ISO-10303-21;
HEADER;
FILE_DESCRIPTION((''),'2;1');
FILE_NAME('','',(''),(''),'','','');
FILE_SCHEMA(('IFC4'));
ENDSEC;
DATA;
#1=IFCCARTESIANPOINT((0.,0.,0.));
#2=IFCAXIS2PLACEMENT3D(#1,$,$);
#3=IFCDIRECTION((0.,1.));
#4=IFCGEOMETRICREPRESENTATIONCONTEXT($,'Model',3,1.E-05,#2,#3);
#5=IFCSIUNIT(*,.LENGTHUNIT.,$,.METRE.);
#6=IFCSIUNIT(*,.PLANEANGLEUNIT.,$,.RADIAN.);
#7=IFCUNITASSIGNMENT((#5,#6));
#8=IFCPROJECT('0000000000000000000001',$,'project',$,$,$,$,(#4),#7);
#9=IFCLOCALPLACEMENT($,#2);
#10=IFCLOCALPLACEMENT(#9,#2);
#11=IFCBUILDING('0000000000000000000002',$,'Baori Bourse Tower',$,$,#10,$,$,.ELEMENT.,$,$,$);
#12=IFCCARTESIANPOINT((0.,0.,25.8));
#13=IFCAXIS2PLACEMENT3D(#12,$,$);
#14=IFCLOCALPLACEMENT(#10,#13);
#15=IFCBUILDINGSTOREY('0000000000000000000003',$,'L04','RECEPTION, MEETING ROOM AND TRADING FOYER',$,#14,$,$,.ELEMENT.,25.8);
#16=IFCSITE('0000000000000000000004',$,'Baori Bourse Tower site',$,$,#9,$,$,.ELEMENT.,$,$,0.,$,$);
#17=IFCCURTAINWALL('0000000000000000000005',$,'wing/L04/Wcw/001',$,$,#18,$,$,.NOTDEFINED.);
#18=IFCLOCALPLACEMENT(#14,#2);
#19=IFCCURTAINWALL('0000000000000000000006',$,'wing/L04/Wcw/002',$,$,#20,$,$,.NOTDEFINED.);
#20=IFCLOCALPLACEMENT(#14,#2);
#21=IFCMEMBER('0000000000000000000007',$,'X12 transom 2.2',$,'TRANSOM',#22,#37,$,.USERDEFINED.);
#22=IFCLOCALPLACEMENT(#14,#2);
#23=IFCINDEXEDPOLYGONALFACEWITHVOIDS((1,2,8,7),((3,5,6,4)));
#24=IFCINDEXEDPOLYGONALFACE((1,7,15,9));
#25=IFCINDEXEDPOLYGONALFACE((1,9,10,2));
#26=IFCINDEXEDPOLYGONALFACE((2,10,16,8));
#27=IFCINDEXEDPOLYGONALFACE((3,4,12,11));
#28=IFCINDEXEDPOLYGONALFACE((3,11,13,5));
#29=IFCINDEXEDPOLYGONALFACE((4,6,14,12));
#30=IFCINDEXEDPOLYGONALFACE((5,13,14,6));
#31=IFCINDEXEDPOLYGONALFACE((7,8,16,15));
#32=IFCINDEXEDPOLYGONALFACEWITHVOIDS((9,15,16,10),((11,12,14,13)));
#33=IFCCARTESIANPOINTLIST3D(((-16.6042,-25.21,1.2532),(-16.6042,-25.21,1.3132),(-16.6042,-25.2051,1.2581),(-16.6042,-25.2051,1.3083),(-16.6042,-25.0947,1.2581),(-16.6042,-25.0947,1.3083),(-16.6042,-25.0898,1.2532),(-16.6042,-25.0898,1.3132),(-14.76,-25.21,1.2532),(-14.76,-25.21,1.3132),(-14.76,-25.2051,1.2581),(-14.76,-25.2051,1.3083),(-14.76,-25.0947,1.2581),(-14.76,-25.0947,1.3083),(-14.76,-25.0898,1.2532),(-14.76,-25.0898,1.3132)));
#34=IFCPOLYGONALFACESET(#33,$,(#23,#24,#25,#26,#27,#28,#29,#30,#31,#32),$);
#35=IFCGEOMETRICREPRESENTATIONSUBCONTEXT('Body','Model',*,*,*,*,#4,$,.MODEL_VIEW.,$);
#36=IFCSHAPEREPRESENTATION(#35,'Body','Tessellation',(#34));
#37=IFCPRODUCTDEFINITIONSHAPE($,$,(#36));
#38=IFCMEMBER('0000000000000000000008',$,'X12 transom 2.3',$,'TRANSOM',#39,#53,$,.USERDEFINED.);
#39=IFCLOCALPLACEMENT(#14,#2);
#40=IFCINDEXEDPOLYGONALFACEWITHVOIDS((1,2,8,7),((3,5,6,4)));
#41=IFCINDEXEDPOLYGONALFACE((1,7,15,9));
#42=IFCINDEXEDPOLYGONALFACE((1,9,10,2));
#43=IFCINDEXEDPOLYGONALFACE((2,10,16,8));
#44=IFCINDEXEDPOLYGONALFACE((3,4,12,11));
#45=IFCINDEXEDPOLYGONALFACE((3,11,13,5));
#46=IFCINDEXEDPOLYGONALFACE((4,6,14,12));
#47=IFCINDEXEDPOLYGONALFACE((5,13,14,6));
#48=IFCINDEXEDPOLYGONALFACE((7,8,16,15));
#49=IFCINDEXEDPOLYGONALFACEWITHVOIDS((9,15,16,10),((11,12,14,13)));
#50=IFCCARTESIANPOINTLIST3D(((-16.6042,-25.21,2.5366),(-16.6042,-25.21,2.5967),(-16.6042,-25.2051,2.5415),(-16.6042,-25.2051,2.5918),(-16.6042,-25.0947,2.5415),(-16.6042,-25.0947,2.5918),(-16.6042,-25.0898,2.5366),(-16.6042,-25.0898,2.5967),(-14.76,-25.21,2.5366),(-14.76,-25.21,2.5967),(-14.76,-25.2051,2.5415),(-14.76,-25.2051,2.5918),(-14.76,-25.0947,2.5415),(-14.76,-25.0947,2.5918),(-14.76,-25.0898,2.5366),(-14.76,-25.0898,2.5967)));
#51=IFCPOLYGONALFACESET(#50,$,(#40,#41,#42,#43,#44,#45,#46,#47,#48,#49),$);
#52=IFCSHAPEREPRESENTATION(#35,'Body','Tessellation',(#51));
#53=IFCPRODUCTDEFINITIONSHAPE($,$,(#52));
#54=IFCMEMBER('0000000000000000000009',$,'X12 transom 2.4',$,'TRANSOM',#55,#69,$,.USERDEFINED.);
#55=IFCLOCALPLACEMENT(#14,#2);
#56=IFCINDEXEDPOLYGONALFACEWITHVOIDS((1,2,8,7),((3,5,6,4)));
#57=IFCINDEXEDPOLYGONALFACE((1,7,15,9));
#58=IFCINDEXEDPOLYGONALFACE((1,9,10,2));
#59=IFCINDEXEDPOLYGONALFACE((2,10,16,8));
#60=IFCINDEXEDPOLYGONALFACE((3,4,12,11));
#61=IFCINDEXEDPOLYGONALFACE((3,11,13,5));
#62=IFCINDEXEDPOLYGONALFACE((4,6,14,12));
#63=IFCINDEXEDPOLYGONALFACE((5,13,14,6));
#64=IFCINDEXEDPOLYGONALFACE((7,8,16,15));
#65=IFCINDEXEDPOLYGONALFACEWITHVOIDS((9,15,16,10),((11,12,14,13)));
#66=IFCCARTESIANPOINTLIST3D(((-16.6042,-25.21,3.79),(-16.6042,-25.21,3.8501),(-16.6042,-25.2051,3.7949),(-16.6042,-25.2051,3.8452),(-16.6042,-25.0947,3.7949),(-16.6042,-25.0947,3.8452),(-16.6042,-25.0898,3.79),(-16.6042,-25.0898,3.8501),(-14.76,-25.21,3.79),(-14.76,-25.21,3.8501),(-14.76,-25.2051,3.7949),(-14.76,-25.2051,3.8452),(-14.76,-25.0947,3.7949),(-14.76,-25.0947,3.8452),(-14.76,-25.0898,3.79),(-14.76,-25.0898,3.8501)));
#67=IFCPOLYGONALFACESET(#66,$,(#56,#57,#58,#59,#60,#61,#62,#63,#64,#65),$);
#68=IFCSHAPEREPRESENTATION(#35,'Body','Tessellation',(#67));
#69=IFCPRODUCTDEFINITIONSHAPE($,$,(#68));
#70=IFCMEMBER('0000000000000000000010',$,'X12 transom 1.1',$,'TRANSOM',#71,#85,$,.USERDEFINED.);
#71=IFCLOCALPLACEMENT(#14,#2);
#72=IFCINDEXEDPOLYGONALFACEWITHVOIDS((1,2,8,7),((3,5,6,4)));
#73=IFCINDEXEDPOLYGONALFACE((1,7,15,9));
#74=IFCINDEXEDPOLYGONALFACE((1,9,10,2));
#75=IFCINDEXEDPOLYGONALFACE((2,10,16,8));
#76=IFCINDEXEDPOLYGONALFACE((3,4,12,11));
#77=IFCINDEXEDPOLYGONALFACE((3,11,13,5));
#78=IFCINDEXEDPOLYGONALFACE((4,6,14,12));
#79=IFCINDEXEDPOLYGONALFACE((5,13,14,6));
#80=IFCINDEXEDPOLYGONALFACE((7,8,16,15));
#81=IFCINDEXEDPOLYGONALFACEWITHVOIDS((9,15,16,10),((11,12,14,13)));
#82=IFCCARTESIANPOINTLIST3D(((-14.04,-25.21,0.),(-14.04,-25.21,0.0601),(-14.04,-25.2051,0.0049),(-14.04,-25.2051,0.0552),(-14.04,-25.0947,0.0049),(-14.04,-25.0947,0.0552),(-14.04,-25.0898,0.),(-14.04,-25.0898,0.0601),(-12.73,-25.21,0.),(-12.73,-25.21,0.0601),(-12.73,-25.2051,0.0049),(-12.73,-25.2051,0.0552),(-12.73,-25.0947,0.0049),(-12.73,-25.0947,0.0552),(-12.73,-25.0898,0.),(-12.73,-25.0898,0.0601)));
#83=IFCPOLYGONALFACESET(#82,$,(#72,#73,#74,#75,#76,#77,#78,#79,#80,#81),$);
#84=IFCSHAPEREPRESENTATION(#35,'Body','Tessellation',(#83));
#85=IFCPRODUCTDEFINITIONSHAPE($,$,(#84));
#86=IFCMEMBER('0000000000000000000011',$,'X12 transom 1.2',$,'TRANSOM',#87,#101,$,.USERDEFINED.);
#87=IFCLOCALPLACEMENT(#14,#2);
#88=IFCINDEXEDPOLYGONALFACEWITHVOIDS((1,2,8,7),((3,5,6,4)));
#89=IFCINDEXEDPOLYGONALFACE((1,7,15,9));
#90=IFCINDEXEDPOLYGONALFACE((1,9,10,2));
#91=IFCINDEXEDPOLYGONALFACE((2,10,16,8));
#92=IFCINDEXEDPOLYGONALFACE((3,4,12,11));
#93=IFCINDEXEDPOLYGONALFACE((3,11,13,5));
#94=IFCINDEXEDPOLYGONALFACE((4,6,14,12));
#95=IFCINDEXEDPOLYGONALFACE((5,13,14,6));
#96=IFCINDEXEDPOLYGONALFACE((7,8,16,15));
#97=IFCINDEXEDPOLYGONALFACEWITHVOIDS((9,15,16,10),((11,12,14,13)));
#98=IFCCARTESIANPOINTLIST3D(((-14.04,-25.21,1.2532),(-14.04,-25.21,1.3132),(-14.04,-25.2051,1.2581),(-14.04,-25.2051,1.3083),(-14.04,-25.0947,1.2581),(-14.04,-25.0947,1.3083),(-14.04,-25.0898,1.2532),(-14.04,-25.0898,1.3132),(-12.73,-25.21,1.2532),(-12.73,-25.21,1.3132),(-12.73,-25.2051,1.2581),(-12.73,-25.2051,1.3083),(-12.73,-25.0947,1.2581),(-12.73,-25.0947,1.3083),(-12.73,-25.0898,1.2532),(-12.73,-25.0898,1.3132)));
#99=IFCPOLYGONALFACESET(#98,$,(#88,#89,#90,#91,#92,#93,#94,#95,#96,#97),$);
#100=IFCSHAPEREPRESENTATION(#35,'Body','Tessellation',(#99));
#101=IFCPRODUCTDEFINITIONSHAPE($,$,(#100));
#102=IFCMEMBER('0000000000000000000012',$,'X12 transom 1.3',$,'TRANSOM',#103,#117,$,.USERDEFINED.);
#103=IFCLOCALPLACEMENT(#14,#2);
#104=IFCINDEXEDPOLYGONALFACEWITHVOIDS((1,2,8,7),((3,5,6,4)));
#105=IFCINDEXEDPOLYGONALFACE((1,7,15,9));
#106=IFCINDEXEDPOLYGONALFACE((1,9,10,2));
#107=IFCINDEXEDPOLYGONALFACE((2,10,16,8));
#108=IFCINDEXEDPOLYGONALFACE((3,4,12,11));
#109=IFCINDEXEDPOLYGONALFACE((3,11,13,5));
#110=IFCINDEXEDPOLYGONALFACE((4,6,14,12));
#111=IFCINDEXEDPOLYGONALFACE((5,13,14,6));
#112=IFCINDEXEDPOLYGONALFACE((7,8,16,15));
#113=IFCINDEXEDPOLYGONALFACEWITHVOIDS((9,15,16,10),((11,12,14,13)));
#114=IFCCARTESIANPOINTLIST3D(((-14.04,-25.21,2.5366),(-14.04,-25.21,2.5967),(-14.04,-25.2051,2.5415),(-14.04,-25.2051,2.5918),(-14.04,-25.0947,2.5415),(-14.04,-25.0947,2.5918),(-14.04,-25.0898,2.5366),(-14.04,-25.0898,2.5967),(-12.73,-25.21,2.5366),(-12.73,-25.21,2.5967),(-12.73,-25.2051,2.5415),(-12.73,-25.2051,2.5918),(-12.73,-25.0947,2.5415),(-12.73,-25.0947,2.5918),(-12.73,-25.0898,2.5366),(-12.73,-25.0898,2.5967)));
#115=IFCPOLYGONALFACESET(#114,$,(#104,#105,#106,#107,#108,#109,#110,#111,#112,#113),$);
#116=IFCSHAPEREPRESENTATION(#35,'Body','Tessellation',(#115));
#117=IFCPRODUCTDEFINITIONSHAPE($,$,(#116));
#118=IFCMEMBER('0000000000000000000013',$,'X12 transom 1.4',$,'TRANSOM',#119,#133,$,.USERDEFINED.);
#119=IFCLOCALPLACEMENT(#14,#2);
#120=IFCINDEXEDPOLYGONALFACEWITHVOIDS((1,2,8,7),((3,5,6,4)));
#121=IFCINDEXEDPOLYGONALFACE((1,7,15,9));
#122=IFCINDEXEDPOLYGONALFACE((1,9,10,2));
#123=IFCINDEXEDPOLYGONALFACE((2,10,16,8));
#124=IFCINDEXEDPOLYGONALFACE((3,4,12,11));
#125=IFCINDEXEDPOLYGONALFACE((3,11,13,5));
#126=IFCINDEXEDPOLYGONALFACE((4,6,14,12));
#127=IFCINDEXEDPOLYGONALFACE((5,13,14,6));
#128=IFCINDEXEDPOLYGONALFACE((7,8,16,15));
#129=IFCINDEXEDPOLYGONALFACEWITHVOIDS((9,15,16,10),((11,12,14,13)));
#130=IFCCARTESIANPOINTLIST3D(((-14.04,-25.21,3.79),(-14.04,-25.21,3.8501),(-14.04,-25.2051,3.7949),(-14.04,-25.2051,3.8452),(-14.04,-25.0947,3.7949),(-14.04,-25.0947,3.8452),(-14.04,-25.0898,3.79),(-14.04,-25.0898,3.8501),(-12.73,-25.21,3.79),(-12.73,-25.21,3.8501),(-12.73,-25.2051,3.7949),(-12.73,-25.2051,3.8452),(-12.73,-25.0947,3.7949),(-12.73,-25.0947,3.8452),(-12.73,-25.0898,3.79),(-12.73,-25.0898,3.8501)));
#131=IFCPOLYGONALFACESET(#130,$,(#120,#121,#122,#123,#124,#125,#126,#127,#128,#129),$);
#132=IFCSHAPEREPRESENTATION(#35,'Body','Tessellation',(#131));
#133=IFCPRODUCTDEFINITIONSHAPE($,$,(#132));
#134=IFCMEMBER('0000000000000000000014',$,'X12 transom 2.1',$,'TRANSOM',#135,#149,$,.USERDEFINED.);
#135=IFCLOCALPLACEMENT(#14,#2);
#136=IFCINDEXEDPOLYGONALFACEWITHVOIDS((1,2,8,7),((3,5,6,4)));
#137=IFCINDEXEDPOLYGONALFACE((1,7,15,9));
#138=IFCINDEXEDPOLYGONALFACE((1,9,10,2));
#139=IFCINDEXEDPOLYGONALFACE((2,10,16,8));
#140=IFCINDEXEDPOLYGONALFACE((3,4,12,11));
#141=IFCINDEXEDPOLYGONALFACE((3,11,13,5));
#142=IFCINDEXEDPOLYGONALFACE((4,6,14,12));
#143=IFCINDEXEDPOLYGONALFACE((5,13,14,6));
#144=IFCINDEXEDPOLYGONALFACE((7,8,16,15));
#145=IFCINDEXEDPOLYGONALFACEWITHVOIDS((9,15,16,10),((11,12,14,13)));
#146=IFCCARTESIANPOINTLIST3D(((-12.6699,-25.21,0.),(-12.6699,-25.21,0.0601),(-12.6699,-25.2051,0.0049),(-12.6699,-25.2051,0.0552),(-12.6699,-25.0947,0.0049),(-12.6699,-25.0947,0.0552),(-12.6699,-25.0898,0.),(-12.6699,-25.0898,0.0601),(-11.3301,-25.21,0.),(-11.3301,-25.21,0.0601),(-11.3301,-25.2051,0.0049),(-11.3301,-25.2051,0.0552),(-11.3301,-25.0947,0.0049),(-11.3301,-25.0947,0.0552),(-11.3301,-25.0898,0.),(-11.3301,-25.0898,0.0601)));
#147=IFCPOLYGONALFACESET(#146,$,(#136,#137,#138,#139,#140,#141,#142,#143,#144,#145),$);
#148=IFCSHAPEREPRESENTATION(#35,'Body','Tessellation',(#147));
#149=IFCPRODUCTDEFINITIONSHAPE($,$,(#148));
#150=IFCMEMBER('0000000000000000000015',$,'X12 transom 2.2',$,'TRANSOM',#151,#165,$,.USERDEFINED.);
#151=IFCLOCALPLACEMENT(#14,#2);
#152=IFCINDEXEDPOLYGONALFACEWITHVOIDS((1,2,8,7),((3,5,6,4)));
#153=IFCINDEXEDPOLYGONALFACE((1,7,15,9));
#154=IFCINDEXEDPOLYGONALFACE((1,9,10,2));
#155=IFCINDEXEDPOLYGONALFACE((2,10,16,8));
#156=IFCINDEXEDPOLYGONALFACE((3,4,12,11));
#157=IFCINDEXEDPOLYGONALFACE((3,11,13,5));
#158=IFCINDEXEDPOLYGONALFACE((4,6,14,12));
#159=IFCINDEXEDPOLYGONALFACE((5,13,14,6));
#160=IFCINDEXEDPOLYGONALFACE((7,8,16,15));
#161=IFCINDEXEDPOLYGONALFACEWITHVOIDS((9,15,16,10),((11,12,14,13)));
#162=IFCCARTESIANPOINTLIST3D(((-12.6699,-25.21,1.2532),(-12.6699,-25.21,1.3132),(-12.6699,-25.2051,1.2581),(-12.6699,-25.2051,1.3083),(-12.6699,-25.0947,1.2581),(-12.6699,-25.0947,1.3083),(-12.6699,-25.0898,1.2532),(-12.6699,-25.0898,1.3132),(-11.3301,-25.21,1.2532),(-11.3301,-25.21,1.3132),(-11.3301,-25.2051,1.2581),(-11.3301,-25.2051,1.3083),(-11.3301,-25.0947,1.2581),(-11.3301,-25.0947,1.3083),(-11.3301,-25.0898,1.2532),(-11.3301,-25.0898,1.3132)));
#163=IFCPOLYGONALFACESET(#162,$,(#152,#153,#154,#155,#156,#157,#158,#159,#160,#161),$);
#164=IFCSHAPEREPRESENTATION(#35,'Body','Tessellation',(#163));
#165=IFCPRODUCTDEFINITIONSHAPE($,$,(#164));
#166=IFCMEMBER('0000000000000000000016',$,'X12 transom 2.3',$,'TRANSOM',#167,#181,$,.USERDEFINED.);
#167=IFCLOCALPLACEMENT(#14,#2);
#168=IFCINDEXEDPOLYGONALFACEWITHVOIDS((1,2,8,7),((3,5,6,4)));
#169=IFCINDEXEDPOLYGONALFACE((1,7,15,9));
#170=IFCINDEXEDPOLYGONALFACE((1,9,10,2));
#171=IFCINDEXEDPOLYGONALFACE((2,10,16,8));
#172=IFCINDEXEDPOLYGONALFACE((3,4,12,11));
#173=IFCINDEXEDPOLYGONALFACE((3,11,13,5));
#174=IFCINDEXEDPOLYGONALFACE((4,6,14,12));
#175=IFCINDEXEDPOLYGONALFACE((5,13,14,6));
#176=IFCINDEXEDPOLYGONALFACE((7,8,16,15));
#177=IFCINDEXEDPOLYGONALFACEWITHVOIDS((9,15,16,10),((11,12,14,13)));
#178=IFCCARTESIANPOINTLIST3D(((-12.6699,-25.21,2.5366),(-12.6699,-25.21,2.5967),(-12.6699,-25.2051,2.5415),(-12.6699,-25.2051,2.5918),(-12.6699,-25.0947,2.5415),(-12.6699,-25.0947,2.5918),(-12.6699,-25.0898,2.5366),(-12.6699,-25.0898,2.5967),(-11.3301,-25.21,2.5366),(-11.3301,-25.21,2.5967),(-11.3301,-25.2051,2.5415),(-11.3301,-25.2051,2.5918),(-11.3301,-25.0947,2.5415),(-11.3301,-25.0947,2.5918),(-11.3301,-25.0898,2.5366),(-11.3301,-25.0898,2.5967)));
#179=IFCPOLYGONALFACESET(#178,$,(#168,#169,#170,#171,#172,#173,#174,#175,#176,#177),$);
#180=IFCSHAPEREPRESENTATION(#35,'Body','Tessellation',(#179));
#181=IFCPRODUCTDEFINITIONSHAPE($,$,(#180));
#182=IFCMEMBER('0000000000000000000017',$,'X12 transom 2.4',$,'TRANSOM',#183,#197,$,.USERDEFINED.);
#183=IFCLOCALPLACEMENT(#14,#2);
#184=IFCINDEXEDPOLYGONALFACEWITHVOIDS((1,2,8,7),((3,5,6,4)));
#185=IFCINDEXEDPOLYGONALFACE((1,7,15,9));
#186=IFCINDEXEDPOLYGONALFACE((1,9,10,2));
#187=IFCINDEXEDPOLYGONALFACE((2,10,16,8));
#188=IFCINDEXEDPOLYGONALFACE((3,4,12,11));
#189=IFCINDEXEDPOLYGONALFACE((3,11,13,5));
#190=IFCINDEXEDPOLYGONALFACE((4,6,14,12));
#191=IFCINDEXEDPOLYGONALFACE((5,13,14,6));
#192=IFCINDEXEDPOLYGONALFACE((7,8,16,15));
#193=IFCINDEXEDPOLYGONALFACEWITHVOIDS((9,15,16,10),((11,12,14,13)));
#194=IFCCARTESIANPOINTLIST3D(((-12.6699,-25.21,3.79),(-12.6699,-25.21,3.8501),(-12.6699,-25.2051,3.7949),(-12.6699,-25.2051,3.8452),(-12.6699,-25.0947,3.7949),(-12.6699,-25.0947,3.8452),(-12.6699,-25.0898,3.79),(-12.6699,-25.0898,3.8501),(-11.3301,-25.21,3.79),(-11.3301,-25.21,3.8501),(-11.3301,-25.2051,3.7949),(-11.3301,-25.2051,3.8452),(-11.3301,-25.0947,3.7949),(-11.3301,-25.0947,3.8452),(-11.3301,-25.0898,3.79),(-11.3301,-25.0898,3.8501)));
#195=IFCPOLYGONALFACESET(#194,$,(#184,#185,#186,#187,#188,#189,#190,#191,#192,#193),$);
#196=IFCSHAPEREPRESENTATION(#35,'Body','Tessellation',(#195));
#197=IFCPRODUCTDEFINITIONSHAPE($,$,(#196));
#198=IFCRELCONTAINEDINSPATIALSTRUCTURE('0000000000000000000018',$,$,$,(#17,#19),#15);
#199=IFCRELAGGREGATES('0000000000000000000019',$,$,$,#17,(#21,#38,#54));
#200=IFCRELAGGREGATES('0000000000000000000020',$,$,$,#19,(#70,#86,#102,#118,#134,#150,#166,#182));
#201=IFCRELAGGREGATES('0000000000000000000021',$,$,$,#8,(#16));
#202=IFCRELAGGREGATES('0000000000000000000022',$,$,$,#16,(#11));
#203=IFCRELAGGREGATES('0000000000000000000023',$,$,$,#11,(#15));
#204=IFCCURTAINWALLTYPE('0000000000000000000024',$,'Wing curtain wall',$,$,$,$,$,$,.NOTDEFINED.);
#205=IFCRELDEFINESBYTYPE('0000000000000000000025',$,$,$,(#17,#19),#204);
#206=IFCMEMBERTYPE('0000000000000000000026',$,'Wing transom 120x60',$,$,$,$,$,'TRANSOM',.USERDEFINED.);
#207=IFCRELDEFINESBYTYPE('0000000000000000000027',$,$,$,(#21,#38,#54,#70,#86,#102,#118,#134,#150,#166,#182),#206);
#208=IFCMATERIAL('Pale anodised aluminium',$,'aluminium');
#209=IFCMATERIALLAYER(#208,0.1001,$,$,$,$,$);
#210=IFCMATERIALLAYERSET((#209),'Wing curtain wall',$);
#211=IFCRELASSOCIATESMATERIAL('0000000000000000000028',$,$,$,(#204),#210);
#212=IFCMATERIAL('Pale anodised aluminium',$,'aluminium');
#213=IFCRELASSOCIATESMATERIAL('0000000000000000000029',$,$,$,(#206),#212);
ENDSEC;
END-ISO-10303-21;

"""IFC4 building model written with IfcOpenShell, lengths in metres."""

from ifc_helpers import new_model, si_unit, direction, frame, origin, origin_2d, place, context, subcontext, project, spatial, hollow_rectangle, extrude, material, layer, layer_set, material_profile, profile_set, type_object, element, aggregate, save


model = new_model("IFC4")

# Units and contexts
model_context = context("Model", 3, precision=1e-05, world=origin(), true_north=direction((0.0, 1.0)))
body_context = subcontext(model_context, "Body", "Model", "MODEL_VIEW")
ifc_project = project(units=[si_unit("LENGTHUNIT", "METRE"), si_unit("PLANEANGLEUNIT", "RADIAN")], contexts=[model_context])

# Site, building, storey
site_placement = place(None, origin())
site = spatial("IfcSite", under=ifc_project, at=site_placement, Name="Baori Bourse Tower site", CompositionType="ELEMENT", RefElevation=0.0)
building_placement = place(site_placement, origin())
building = spatial("IfcBuilding", under=site, at=building_placement, Name="Baori Bourse Tower", CompositionType="ELEMENT")
storey_placement = place(building_placement, frame((0.0, 0.0, 25.8)))
storey = spatial("IfcBuildingStorey", under=building, at=storey_placement, Name="L04", Description="RECEPTION, MEETING ROOM AND TRADING FOYER", CompositionType="ELEMENT", Elevation=25.8)

# Curtain walls
ifc_material_1 = material(Name="Pale anodised aluminium", Category="aluminium")
ifc_layer_1 = layer(ifc_material_1, 0.1001)
ifc_layer_set_1 = layer_set([ifc_layer_1], Name="Wing curtain wall")
curtain_wall_type = type_object("IfcCurtainWallType", Name="Wing curtain wall", PredefinedType="NOTDEFINED", material=ifc_layer_set_1)
curtain_wall_1_placement = place(storey_placement, origin())
curtain_wall_1 = element("IfcCurtainWall", 1, at=curtain_wall_1_placement, inside=storey, type_object=curtain_wall_type, Name="wing/L04/Wcw/001", PredefinedType="NOTDEFINED")
curtain_wall_2_placement = place(storey_placement, origin())
curtain_wall_2 = element("IfcCurtainWall", 2, at=curtain_wall_2_placement, inside=storey, type_object=curtain_wall_type, Name="wing/L04/Wcw/002", PredefinedType="NOTDEFINED")

# Members
ifc_material_2 = material(Name="Pale anodised aluminium", Category="aluminium")
ifc_material_profile_1 = material_profile(ifc_material_2, hollow_rectangle(XDim=0.1201, YDim=0.0601, WallThickness=0.0049, at=origin_2d()), Name="Transom 120x60x5")
ifc_profile_set_1 = profile_set([ifc_material_profile_1], Name="Pale anodised aluminium")
member_type_1 = type_object("IfcMemberType", Name="Wing transom 120x60", ElementType="TRANSOM", PredefinedType="USERDEFINED", material=ifc_profile_set_1)
member_1_placement = place(storey_placement, frame((-16.6042, -25.1499, 1.2832), z_axis=(1.0, 0.0, 0.0), x_axis=(0.0, 1.0, 0.0)))
member_1 = element("IfcMember", 3, at=member_1_placement, type_object=member_type_1, Name="X12 transom 2.2", ObjectType="TRANSOM", PredefinedType="USERDEFINED", context=body_context, shape_type="SweptSolid", body=[
    extrude(hollow_rectangle(XDim=0.1201, YDim=0.0601, WallThickness=0.0049, at=origin_2d()), origin(), (0.0, 0.0, 1.0), 1.8442),
])
member_2_placement = place(storey_placement, frame((-16.6042, -25.1499, 2.5667), z_axis=(1.0, 0.0, 0.0), x_axis=(0.0, 1.0, 0.0)))
member_2 = element("IfcMember", 4, at=member_2_placement, type_object=member_type_1, Name="X12 transom 2.3", ObjectType="TRANSOM", PredefinedType="USERDEFINED", context=body_context, shape_type="SweptSolid", body=[
    extrude(hollow_rectangle(XDim=0.1201, YDim=0.0601, WallThickness=0.0049, at=origin_2d()), origin(), (0.0, 0.0, 1.0), 1.8442),
])
member_3_placement = place(storey_placement, frame((-16.6042, -25.1499, 3.8201), z_axis=(1.0, 0.0, 0.0), x_axis=(0.0, 1.0, 0.0)))
member_3 = element("IfcMember", 5, at=member_3_placement, type_object=member_type_1, Name="X12 transom 2.4", ObjectType="TRANSOM", PredefinedType="USERDEFINED", context=body_context, shape_type="SweptSolid", body=[
    extrude(hollow_rectangle(XDim=0.1201, YDim=0.0601, WallThickness=0.0049, at=origin_2d()), origin(), (0.0, 0.0, 1.0), 1.8442),
])
member_4_placement = place(storey_placement, frame((-14.04, -25.1499, 0.03), z_axis=(1.0, 0.0, 0.0), x_axis=(0.0, 1.0, 0.0)))
member_4 = element("IfcMember", 6, at=member_4_placement, type_object=member_type_1, Name="X12 transom 1.1", ObjectType="TRANSOM", PredefinedType="USERDEFINED", context=body_context, shape_type="SweptSolid", body=[
    extrude(hollow_rectangle(XDim=0.1201, YDim=0.0601, WallThickness=0.0049, at=origin_2d()), origin(), (0.0, 0.0, 1.0), 1.3101),
])
member_5_placement = place(storey_placement, frame((-14.04, -25.1499, 1.2832), z_axis=(1.0, 0.0, 0.0), x_axis=(0.0, 1.0, 0.0)))
member_5 = element("IfcMember", 7, at=member_5_placement, type_object=member_type_1, Name="X12 transom 1.2", ObjectType="TRANSOM", PredefinedType="USERDEFINED", context=body_context, shape_type="SweptSolid", body=[
    extrude(hollow_rectangle(XDim=0.1201, YDim=0.0601, WallThickness=0.0049, at=origin_2d()), origin(), (0.0, 0.0, 1.0), 1.3101),
])
member_6_placement = place(storey_placement, frame((-14.04, -25.1499, 2.5667), z_axis=(1.0, 0.0, 0.0), x_axis=(0.0, 1.0, 0.0)))
member_6 = element("IfcMember", 8, at=member_6_placement, type_object=member_type_1, Name="X12 transom 1.3", ObjectType="TRANSOM", PredefinedType="USERDEFINED", context=body_context, shape_type="SweptSolid", body=[
    extrude(hollow_rectangle(XDim=0.1201, YDim=0.0601, WallThickness=0.0049, at=origin_2d()), origin(), (0.0, 0.0, 1.0), 1.3101),
])
member_7_placement = place(storey_placement, frame((-14.04, -25.1499, 3.8201), z_axis=(1.0, 0.0, 0.0), x_axis=(0.0, 1.0, 0.0)))
member_7 = element("IfcMember", 9, at=member_7_placement, type_object=member_type_1, Name="X12 transom 1.4", ObjectType="TRANSOM", PredefinedType="USERDEFINED", context=body_context, shape_type="SweptSolid", body=[
    extrude(hollow_rectangle(XDim=0.1201, YDim=0.0601, WallThickness=0.0049, at=origin_2d()), origin(), (0.0, 0.0, 1.0), 1.3101),
])
member_8_placement = place(storey_placement, frame((-12.6699, -25.1499, 0.03), z_axis=(1.0, 0.0, 0.0), x_axis=(0.0, 1.0, 0.0)))
member_8 = element("IfcMember", 10, at=member_8_placement, type_object=member_type_1, Name="X12 transom 2.1", ObjectType="TRANSOM", PredefinedType="USERDEFINED", context=body_context, shape_type="SweptSolid", body=[
    extrude(hollow_rectangle(XDim=0.1201, YDim=0.0601, WallThickness=0.0049, at=origin_2d()), origin(), (0.0, 0.0, 1.0), 1.3398),
])
member_9_placement = place(storey_placement, frame((-12.6699, -25.1499, 1.2832), z_axis=(1.0, 0.0, 0.0), x_axis=(0.0, 1.0, 0.0)))
member_9 = element("IfcMember", 11, at=member_9_placement, type_object=member_type_1, Name="X12 transom 2.2", ObjectType="TRANSOM", PredefinedType="USERDEFINED", context=body_context, shape_type="SweptSolid", body=[
    extrude(hollow_rectangle(XDim=0.1201, YDim=0.0601, WallThickness=0.0049, at=origin_2d()), origin(), (0.0, 0.0, 1.0), 1.3398),
])
member_10_placement = place(storey_placement, frame((-12.6699, -25.1499, 2.5667), z_axis=(1.0, 0.0, 0.0), x_axis=(0.0, 1.0, 0.0)))
member_10 = element("IfcMember", 12, at=member_10_placement, type_object=member_type_1, Name="X12 transom 2.3", ObjectType="TRANSOM", PredefinedType="USERDEFINED", context=body_context, shape_type="SweptSolid", body=[
    extrude(hollow_rectangle(XDim=0.1201, YDim=0.0601, WallThickness=0.0049, at=origin_2d()), origin(), (0.0, 0.0, 1.0), 1.3398),
])
member_11_placement = place(storey_placement, frame((-12.6699, -25.1499, 3.8201), z_axis=(1.0, 0.0, 0.0), x_axis=(0.0, 1.0, 0.0)))
member_11 = element("IfcMember", 13, at=member_11_placement, type_object=member_type_1, Name="X12 transom 2.4", ObjectType="TRANSOM", PredefinedType="USERDEFINED", context=body_context, shape_type="SweptSolid", body=[
    extrude(hollow_rectangle(XDim=0.1201, YDim=0.0601, WallThickness=0.0049, at=origin_2d()), origin(), (0.0, 0.0, 1.0), 1.3398),
])

aggregate(curtain_wall_1, [member_1, member_2, member_3])
aggregate(curtain_wall_2, [member_4, member_5, member_6, member_7, member_8, member_9, member_10, member_11])

save(model, "model.ifc")
